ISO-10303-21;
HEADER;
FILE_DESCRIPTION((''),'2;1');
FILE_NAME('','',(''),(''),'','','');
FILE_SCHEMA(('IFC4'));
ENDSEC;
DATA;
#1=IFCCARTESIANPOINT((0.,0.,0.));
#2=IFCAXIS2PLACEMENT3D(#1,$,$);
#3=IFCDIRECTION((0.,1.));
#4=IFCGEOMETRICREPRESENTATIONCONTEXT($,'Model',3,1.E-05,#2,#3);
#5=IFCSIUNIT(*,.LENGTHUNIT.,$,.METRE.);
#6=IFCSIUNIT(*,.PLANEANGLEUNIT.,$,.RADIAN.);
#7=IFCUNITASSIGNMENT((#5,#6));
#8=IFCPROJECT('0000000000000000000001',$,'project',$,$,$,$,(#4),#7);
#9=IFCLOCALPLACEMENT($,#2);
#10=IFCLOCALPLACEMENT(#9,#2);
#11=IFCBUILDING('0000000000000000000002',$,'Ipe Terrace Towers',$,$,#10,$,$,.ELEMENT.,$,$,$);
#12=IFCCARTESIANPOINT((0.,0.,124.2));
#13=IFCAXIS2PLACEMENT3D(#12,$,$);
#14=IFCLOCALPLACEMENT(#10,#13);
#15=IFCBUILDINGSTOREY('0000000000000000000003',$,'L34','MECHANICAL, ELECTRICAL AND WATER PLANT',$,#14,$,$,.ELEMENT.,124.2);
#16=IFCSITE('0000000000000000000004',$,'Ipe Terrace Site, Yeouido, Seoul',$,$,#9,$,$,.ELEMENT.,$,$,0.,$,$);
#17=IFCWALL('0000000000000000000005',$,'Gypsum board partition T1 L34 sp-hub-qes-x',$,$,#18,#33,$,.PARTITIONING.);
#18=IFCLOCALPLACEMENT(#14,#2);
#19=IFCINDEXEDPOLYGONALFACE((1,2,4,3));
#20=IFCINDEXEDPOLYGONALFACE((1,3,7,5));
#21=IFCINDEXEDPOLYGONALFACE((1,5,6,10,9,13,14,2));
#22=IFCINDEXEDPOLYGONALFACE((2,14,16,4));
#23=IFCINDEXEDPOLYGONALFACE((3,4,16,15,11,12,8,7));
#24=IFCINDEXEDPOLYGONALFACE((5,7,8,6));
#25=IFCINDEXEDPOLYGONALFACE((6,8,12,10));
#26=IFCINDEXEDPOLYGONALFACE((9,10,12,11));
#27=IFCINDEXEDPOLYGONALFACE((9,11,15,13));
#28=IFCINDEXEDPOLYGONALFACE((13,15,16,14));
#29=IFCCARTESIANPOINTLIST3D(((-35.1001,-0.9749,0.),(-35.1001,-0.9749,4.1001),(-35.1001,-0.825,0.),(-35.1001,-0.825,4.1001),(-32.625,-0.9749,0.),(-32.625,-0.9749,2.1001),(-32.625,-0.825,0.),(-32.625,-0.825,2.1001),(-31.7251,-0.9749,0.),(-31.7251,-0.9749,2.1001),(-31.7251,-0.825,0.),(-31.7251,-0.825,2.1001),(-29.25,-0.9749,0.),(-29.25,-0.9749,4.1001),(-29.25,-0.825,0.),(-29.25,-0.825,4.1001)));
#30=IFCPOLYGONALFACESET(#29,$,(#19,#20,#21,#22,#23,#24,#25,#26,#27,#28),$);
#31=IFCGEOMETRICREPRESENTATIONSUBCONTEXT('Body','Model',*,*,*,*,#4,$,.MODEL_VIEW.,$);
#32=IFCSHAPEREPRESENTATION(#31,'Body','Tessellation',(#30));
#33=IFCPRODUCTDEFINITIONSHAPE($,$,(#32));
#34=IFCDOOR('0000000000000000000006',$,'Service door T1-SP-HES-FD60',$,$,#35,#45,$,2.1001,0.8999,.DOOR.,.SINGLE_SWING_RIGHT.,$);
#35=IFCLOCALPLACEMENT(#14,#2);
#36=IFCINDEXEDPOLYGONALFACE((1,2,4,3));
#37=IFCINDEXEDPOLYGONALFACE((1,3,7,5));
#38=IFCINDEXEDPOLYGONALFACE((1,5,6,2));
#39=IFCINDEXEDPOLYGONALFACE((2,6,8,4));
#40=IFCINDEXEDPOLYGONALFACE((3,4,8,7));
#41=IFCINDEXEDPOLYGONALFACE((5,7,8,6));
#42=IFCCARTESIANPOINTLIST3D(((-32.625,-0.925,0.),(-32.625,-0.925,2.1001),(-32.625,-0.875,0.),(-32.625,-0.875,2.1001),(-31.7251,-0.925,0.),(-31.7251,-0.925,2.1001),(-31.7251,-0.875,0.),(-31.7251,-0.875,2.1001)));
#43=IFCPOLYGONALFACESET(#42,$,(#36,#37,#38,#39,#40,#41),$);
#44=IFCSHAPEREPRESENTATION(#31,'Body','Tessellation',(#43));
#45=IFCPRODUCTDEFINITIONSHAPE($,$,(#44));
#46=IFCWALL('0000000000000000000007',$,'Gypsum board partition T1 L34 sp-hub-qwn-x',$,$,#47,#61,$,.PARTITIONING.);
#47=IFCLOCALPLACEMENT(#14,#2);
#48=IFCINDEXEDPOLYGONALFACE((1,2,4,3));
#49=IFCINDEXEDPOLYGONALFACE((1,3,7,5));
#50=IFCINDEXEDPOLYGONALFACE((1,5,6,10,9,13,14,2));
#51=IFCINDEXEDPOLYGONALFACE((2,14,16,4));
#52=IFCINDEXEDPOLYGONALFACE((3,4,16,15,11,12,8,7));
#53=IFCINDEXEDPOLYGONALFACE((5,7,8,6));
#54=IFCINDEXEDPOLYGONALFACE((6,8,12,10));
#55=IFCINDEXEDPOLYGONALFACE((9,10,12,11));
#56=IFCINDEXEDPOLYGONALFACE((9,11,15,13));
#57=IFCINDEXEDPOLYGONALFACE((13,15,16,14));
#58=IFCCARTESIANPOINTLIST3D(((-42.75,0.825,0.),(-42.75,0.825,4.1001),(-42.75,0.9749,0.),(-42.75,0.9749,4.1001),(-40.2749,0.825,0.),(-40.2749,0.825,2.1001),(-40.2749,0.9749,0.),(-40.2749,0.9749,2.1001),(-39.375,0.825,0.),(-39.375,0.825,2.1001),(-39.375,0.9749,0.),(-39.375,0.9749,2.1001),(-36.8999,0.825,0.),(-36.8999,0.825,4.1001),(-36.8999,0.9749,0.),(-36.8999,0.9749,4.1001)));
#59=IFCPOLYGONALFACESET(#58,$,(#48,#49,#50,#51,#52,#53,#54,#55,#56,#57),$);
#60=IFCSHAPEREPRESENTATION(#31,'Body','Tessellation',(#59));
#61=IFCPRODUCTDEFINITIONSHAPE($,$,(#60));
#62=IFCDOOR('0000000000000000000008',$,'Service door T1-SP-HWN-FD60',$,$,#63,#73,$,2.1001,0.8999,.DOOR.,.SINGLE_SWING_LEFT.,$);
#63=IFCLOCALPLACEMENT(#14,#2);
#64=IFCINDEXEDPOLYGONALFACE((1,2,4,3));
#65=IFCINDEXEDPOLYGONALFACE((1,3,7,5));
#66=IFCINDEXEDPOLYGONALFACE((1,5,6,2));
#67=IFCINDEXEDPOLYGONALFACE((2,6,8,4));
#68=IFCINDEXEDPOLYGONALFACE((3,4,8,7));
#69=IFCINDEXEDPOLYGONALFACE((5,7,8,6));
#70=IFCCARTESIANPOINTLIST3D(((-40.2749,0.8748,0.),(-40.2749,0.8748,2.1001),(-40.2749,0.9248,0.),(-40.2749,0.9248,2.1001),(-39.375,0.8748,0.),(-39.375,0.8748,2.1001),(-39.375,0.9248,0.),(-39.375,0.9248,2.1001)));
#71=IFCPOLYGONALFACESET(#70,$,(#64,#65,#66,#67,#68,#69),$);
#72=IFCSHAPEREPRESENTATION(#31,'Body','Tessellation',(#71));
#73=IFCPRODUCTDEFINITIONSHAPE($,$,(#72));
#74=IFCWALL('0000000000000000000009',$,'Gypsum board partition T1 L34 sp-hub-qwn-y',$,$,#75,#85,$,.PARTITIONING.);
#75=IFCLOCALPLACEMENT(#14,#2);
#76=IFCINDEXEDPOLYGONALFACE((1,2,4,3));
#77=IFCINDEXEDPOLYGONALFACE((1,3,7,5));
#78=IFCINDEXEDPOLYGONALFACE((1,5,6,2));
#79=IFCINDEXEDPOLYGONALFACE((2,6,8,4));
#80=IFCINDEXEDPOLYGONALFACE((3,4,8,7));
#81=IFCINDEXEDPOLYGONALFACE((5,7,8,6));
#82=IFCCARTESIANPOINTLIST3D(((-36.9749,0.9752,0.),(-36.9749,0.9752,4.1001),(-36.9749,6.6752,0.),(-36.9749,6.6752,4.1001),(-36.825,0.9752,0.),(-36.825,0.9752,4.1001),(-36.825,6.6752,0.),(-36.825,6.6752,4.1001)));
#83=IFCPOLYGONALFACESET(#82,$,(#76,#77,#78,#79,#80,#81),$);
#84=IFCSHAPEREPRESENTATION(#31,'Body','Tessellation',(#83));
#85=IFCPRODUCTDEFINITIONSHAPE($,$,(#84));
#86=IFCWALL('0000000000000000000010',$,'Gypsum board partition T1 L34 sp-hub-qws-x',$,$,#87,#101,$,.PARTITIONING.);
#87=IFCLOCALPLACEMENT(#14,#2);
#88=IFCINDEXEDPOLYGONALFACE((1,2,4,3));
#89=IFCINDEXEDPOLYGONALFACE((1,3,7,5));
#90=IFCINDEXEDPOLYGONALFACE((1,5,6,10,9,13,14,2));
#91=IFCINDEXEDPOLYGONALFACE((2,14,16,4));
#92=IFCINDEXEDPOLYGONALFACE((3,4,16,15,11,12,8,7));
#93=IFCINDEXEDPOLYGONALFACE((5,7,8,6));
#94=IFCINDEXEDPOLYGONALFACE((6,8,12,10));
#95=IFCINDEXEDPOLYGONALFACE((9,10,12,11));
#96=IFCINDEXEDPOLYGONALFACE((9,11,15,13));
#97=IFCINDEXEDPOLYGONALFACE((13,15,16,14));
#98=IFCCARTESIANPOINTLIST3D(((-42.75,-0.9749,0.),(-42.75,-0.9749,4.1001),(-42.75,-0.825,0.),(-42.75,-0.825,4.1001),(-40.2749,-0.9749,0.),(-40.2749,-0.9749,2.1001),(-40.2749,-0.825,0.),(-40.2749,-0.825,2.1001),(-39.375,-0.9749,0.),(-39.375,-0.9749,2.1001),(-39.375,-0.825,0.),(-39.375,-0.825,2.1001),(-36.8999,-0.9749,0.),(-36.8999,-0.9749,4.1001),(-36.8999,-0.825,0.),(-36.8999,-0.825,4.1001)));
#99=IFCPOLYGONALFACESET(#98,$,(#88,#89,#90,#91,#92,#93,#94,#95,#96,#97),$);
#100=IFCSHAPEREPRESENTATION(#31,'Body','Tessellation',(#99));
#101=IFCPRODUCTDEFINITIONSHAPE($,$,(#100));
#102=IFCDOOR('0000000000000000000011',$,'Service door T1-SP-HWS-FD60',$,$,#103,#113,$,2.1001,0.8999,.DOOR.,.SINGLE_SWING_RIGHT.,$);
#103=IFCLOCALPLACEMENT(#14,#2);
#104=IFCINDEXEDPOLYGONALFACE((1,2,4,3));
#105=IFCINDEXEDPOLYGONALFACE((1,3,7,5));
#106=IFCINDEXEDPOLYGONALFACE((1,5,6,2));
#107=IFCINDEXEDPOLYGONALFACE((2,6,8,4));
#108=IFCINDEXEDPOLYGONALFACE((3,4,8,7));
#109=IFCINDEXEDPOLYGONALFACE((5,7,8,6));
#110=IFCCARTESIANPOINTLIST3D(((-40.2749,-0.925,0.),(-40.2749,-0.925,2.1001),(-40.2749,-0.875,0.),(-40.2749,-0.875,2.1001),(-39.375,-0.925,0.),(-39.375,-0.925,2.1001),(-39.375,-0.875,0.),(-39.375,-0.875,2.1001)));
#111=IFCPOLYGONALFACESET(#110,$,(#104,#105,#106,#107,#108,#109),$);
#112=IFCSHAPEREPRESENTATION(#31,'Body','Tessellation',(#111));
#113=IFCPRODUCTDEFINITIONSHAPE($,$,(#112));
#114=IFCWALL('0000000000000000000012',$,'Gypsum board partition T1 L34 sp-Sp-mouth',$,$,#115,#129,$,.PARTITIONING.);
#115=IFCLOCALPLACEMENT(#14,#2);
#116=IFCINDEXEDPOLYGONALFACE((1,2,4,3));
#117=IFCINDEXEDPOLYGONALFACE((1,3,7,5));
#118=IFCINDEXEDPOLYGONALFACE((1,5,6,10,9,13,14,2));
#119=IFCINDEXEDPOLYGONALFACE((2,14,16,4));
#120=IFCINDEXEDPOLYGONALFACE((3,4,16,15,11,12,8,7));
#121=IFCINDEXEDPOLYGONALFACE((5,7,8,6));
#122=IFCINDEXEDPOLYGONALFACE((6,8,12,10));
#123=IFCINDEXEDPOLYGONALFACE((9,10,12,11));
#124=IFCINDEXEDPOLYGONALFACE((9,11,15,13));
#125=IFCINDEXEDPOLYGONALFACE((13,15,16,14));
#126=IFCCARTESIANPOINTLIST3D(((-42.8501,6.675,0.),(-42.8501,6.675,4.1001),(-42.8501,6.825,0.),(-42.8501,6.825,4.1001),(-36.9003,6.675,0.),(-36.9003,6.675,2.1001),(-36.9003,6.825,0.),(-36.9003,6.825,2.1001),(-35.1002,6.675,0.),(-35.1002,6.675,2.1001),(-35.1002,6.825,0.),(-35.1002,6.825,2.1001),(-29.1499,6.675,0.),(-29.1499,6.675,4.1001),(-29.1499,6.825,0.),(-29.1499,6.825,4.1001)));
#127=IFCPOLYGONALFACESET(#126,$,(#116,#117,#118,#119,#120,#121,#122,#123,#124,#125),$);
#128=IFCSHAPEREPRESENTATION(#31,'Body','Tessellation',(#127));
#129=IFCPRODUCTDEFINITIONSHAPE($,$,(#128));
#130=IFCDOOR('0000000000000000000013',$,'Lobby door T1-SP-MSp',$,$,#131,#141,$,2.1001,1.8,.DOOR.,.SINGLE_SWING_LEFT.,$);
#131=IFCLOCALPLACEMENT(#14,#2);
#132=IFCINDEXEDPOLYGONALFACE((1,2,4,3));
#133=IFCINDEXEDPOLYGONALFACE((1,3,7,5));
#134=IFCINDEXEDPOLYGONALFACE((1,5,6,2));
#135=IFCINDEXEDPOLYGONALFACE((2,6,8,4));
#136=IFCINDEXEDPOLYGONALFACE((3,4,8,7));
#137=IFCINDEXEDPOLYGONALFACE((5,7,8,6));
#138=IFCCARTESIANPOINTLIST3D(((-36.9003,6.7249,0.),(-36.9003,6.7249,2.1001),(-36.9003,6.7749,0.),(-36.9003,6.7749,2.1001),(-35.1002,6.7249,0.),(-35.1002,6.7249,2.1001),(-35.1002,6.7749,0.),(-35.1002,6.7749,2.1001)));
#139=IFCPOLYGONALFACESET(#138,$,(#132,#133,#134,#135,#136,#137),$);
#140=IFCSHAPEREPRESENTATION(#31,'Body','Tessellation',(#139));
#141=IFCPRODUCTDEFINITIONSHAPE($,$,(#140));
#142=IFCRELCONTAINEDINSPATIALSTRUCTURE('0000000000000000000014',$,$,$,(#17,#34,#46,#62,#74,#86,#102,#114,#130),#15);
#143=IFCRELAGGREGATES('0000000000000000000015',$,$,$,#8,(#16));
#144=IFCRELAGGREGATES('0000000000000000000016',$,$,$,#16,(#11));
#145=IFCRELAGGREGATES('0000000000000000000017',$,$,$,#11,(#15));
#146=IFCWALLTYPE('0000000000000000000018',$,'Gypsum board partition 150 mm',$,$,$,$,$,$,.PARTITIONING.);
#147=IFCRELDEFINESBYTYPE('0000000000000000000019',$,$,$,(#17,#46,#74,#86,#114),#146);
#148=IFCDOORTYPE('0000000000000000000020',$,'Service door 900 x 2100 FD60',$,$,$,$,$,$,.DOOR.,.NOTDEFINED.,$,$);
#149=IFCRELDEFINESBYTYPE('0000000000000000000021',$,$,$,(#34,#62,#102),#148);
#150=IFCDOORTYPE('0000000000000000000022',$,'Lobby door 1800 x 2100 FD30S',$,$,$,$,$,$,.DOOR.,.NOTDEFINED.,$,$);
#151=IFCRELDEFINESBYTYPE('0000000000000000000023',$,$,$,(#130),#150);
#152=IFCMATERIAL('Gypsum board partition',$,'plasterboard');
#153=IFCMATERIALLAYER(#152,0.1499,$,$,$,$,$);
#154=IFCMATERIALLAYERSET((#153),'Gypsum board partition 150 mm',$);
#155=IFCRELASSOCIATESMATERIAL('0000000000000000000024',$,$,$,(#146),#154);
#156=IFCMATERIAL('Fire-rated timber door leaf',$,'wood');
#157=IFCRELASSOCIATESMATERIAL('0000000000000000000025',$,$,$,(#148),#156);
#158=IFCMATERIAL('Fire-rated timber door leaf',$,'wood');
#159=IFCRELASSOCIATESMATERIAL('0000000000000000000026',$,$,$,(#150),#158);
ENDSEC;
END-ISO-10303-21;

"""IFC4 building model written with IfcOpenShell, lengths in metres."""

from ifc_helpers import new_model, si_unit, direction, frame, frame_2d, origin, place, context, subcontext, project, spatial, rectangle, extrude, material, layer, layer_set, type_object, element, fill, save


model = new_model("IFC4")

# Units and contexts
model_context = context("Model", 3, precision=1e-05, world=origin(), true_north=direction((0.0, 1.0)))
body_context = subcontext(model_context, "Body", "Model", "MODEL_VIEW")
ifc_project = project(units=[si_unit("LENGTHUNIT", "METRE"), si_unit("PLANEANGLEUNIT", "RADIAN")], contexts=[model_context])

# Site, building, storey
site_placement = place(None, origin())
site = spatial("IfcSite", under=ifc_project, at=site_placement, Name="Ipe Terrace Site, Yeouido, Seoul", CompositionType="ELEMENT", RefElevation=0.0)
building_placement = place(site_placement, origin())
building = spatial("IfcBuilding", under=site, at=building_placement, Name="Ipe Terrace Towers", CompositionType="ELEMENT")
storey_placement = place(building_placement, frame((0.0, 0.0, 124.2)))
storey = spatial("IfcBuildingStorey", under=building, at=storey_placement, Name="L34", Description="MECHANICAL, ELECTRICAL AND WATER PLANT", CompositionType="ELEMENT", Elevation=124.2)

# Shared definitions
ifc_material_1 = material(Name="Gypsum board partition", Category="plasterboard")
ifc_layer_1 = layer(ifc_material_1, 0.1499)
ifc_layer_set_1 = layer_set([ifc_layer_1], Name="Gypsum board partition 150 mm")
wall_type = type_object("IfcWallType", Name="Gypsum board partition 150 mm", PredefinedType="PARTITIONING", material=ifc_layer_set_1)
ifc_material_2 = material(Name="Fire-rated timber door leaf", Category="wood")
door_type_1 = type_object("IfcDoorType", Name="Service door 900 x 2100 FD60", OperationType="NOTDEFINED", PredefinedType="DOOR", material=ifc_material_2)

# Walls, openings, doors
wall_1_placement = place(storey_placement, frame((-35.1001, -0.8999, 0.0), z_axis=(0.0, 0.0, 1.0), x_axis=(1.0, 0.0, 0.0)))
wall_1 = element("IfcWall", 1, at=wall_1_placement, inside=storey, type_object=wall_type, Name="Gypsum board partition T1 L34 sp-hub-qes-x", PredefinedType="PARTITIONING", context=body_context, shape_type="SweptSolid", body=[
    extrude(rectangle(XDim=5.8501, YDim=0.1499, at=frame_2d((2.925, 0.0))), origin(), (0.0, 0.0, 1.0), 4.1001),
])
opening_1_placement = place(wall_1_placement, frame((2.4751, 0.0, 0.0)))
opening_1 = element("IfcOpeningElement", 2, at=opening_1_placement, cuts=wall_1, PredefinedType="OPENING", context=body_context, shape_type="SweptSolid", body=[
    extrude(rectangle(XDim=0.8999, YDim=2.1001, at=frame_2d((0.45, 1.05))), frame((0.0, 0.085, 0.0), z_axis=(0.0, -1.0, 0.0), x_axis=(1.0, 0.0, 0.0)), (0.0, 0.0, 1.0), 0.1699),
])
door_1_placement = place(opening_1_placement, origin())
door_1 = element("IfcDoor", 3, at=door_1_placement, inside=storey, type_object=door_type_1, Name="Service door T1-SP-HES-FD60", OperationType="SINGLE_SWING_RIGHT", OverallHeight=2.1001, OverallWidth=0.8999, PredefinedType="DOOR", context=body_context, shape_type="SweptSolid", body=[
    extrude(rectangle(XDim=0.8999, YDim=2.1001, at=frame_2d((0.45, 1.05))), frame((0.0, 0.0249, 0.0), z_axis=(0.0, -1.0, 0.0), x_axis=(1.0, 0.0, 0.0)), (0.0, 0.0, 1.0), 0.05),
])
fill(opening_1, door_1)
wall_2_placement = place(storey_placement, frame((-42.75, 0.8999, 0.0), z_axis=(0.0, 0.0, 1.0), x_axis=(1.0, 0.0, 0.0)))
wall_2 = element("IfcWall", 4, at=wall_2_placement, inside=storey, type_object=wall_type, Name="Gypsum board partition T1 L34 sp-hub-qwn-x", PredefinedType="PARTITIONING", context=body_context, shape_type="SweptSolid", body=[
    extrude(rectangle(XDim=5.8501, YDim=0.1499, at=frame_2d((2.925, 0.0))), origin(), (0.0, 0.0, 1.0), 4.1001),
])
opening_2_placement = place(wall_2_placement, frame((2.4751, 0.0, 0.0)))
opening_2 = element("IfcOpeningElement", 5, at=opening_2_placement, cuts=wall_2, PredefinedType="OPENING", context=body_context, shape_type="SweptSolid", body=[
    extrude(rectangle(XDim=0.8999, YDim=2.1001, at=frame_2d((0.45, 1.05))), frame((0.0, 0.085, 0.0), z_axis=(0.0, -1.0, 0.0), x_axis=(1.0, 0.0, 0.0)), (0.0, 0.0, 1.0), 0.1699),
])
door_2_placement = place(opening_2_placement, origin())
door_2 = element("IfcDoor", 6, at=door_2_placement, inside=storey, type_object=door_type_1, Name="Service door T1-SP-HWN-FD60", OperationType="SINGLE_SWING_LEFT", OverallHeight=2.1001, OverallWidth=0.8999, PredefinedType="DOOR", context=body_context, shape_type="SweptSolid", body=[
    extrude(rectangle(XDim=0.8999, YDim=2.1001, at=frame_2d((0.45, 1.05))), frame((0.0, 0.0249, 0.0), z_axis=(0.0, -1.0, 0.0), x_axis=(1.0, 0.0, 0.0)), (0.0, 0.0, 1.0), 0.05),
])
fill(opening_2, door_2)

# Wall
wall_3_placement = place(storey_placement, frame((-36.8999, 0.9751, 0.0), z_axis=(0.0, 0.0, 1.0), x_axis=(0.0, 1.0, 0.0)))
element("IfcWall", 7, at=wall_3_placement, inside=storey, type_object=wall_type, Name="Gypsum board partition T1 L34 sp-hub-qwn-y", PredefinedType="PARTITIONING", context=body_context, shape_type="SweptSolid", body=[
    extrude(rectangle(XDim=5.7, YDim=0.1499, at=frame_2d((2.8501, 0.0))), origin(), (0.0, 0.0, 1.0), 4.1001),
])

# Walls, openings, doors
wall_4_placement = place(storey_placement, frame((-42.75, -0.8999, 0.0), z_axis=(0.0, 0.0, 1.0), x_axis=(1.0, 0.0, 0.0)))
wall_4 = element("IfcWall", 8, at=wall_4_placement, inside=storey, type_object=wall_type, Name="Gypsum board partition T1 L34 sp-hub-qws-x", PredefinedType="PARTITIONING", context=body_context, shape_type="SweptSolid", body=[
    extrude(rectangle(XDim=5.8501, YDim=0.1499, at=frame_2d((2.925, 0.0))), origin(), (0.0, 0.0, 1.0), 4.1001),
])
opening_3_placement = place(wall_4_placement, frame((2.4751, 0.0, 0.0)))
opening_3 = element("IfcOpeningElement", 9, at=opening_3_placement, cuts=wall_4, PredefinedType="OPENING", context=body_context, shape_type="SweptSolid", body=[
    extrude(rectangle(XDim=0.8999, YDim=2.1001, at=frame_2d((0.45, 1.05))), frame((0.0, 0.085, 0.0), z_axis=(0.0, -1.0, 0.0), x_axis=(1.0, 0.0, 0.0)), (0.0, 0.0, 1.0), 0.1699),
])
door_3_placement = place(opening_3_placement, origin())
door_3 = element("IfcDoor", 10, at=door_3_placement, inside=storey, type_object=door_type_1, Name="Service door T1-SP-HWS-FD60", OperationType="SINGLE_SWING_RIGHT", OverallHeight=2.1001, OverallWidth=0.8999, PredefinedType="DOOR", context=body_context, shape_type="SweptSolid", body=[
    extrude(rectangle(XDim=0.8999, YDim=2.1001, at=frame_2d((0.45, 1.05))), frame((0.0, 0.0249, 0.0), z_axis=(0.0, -1.0, 0.0), x_axis=(1.0, 0.0, 0.0)), (0.0, 0.0, 1.0), 0.05),
])
fill(opening_3, door_3)
wall_5_placement = place(storey_placement, frame((-42.8501, 6.75, 0.0), z_axis=(0.0, 0.0, 1.0), x_axis=(1.0, 0.0, 0.0)))
wall_5 = element("IfcWall", 11, at=wall_5_placement, inside=storey, type_object=wall_type, Name="Gypsum board partition T1 L34 sp-Sp-mouth", PredefinedType="PARTITIONING", context=body_context, shape_type="SweptSolid", body=[
    extrude(rectangle(XDim=13.7002, YDim=0.1499, at=frame_2d((6.8501, 0.0))), origin(), (0.0, 0.0, 1.0), 4.1001),
])
opening_4_placement = place(wall_5_placement, frame((5.95, 0.0, 0.0)))
opening_4 = element("IfcOpeningElement", 12, at=opening_4_placement, cuts=wall_5, PredefinedType="OPENING", context=body_context, shape_type="SweptSolid", body=[
    extrude(rectangle(XDim=1.8, YDim=2.1001, at=frame_2d((0.8999, 1.05))), frame((0.0, 0.085, 0.0), z_axis=(0.0, -1.0, 0.0), x_axis=(1.0, 0.0, 0.0)), (0.0, 0.0, 1.0), 0.1699),
])
ifc_material_3 = material(Name="Fire-rated timber door leaf", Category="wood")
door_type_2 = type_object("IfcDoorType", Name="Lobby door 1800 x 2100 FD30S", OperationType="NOTDEFINED", PredefinedType="DOOR", material=ifc_material_3)
door_4_placement = place(opening_4_placement, origin())
door_4 = element("IfcDoor", 13, at=door_4_placement, inside=storey, type_object=door_type_2, Name="Lobby door T1-SP-MSp", OperationType="SINGLE_SWING_LEFT", OverallHeight=2.1001, OverallWidth=1.8, PredefinedType="DOOR", context=body_context, shape_type="SweptSolid", body=[
    extrude(rectangle(XDim=1.8, YDim=2.1001, at=frame_2d((0.8999, 1.05))), frame((0.0, 0.0249, 0.0), z_axis=(0.0, -1.0, 0.0), x_axis=(1.0, 0.0, 0.0)), (0.0, 0.0, 1.0), 0.05),
])
fill(opening_4, door_4)

save(model, "model.ifc")
